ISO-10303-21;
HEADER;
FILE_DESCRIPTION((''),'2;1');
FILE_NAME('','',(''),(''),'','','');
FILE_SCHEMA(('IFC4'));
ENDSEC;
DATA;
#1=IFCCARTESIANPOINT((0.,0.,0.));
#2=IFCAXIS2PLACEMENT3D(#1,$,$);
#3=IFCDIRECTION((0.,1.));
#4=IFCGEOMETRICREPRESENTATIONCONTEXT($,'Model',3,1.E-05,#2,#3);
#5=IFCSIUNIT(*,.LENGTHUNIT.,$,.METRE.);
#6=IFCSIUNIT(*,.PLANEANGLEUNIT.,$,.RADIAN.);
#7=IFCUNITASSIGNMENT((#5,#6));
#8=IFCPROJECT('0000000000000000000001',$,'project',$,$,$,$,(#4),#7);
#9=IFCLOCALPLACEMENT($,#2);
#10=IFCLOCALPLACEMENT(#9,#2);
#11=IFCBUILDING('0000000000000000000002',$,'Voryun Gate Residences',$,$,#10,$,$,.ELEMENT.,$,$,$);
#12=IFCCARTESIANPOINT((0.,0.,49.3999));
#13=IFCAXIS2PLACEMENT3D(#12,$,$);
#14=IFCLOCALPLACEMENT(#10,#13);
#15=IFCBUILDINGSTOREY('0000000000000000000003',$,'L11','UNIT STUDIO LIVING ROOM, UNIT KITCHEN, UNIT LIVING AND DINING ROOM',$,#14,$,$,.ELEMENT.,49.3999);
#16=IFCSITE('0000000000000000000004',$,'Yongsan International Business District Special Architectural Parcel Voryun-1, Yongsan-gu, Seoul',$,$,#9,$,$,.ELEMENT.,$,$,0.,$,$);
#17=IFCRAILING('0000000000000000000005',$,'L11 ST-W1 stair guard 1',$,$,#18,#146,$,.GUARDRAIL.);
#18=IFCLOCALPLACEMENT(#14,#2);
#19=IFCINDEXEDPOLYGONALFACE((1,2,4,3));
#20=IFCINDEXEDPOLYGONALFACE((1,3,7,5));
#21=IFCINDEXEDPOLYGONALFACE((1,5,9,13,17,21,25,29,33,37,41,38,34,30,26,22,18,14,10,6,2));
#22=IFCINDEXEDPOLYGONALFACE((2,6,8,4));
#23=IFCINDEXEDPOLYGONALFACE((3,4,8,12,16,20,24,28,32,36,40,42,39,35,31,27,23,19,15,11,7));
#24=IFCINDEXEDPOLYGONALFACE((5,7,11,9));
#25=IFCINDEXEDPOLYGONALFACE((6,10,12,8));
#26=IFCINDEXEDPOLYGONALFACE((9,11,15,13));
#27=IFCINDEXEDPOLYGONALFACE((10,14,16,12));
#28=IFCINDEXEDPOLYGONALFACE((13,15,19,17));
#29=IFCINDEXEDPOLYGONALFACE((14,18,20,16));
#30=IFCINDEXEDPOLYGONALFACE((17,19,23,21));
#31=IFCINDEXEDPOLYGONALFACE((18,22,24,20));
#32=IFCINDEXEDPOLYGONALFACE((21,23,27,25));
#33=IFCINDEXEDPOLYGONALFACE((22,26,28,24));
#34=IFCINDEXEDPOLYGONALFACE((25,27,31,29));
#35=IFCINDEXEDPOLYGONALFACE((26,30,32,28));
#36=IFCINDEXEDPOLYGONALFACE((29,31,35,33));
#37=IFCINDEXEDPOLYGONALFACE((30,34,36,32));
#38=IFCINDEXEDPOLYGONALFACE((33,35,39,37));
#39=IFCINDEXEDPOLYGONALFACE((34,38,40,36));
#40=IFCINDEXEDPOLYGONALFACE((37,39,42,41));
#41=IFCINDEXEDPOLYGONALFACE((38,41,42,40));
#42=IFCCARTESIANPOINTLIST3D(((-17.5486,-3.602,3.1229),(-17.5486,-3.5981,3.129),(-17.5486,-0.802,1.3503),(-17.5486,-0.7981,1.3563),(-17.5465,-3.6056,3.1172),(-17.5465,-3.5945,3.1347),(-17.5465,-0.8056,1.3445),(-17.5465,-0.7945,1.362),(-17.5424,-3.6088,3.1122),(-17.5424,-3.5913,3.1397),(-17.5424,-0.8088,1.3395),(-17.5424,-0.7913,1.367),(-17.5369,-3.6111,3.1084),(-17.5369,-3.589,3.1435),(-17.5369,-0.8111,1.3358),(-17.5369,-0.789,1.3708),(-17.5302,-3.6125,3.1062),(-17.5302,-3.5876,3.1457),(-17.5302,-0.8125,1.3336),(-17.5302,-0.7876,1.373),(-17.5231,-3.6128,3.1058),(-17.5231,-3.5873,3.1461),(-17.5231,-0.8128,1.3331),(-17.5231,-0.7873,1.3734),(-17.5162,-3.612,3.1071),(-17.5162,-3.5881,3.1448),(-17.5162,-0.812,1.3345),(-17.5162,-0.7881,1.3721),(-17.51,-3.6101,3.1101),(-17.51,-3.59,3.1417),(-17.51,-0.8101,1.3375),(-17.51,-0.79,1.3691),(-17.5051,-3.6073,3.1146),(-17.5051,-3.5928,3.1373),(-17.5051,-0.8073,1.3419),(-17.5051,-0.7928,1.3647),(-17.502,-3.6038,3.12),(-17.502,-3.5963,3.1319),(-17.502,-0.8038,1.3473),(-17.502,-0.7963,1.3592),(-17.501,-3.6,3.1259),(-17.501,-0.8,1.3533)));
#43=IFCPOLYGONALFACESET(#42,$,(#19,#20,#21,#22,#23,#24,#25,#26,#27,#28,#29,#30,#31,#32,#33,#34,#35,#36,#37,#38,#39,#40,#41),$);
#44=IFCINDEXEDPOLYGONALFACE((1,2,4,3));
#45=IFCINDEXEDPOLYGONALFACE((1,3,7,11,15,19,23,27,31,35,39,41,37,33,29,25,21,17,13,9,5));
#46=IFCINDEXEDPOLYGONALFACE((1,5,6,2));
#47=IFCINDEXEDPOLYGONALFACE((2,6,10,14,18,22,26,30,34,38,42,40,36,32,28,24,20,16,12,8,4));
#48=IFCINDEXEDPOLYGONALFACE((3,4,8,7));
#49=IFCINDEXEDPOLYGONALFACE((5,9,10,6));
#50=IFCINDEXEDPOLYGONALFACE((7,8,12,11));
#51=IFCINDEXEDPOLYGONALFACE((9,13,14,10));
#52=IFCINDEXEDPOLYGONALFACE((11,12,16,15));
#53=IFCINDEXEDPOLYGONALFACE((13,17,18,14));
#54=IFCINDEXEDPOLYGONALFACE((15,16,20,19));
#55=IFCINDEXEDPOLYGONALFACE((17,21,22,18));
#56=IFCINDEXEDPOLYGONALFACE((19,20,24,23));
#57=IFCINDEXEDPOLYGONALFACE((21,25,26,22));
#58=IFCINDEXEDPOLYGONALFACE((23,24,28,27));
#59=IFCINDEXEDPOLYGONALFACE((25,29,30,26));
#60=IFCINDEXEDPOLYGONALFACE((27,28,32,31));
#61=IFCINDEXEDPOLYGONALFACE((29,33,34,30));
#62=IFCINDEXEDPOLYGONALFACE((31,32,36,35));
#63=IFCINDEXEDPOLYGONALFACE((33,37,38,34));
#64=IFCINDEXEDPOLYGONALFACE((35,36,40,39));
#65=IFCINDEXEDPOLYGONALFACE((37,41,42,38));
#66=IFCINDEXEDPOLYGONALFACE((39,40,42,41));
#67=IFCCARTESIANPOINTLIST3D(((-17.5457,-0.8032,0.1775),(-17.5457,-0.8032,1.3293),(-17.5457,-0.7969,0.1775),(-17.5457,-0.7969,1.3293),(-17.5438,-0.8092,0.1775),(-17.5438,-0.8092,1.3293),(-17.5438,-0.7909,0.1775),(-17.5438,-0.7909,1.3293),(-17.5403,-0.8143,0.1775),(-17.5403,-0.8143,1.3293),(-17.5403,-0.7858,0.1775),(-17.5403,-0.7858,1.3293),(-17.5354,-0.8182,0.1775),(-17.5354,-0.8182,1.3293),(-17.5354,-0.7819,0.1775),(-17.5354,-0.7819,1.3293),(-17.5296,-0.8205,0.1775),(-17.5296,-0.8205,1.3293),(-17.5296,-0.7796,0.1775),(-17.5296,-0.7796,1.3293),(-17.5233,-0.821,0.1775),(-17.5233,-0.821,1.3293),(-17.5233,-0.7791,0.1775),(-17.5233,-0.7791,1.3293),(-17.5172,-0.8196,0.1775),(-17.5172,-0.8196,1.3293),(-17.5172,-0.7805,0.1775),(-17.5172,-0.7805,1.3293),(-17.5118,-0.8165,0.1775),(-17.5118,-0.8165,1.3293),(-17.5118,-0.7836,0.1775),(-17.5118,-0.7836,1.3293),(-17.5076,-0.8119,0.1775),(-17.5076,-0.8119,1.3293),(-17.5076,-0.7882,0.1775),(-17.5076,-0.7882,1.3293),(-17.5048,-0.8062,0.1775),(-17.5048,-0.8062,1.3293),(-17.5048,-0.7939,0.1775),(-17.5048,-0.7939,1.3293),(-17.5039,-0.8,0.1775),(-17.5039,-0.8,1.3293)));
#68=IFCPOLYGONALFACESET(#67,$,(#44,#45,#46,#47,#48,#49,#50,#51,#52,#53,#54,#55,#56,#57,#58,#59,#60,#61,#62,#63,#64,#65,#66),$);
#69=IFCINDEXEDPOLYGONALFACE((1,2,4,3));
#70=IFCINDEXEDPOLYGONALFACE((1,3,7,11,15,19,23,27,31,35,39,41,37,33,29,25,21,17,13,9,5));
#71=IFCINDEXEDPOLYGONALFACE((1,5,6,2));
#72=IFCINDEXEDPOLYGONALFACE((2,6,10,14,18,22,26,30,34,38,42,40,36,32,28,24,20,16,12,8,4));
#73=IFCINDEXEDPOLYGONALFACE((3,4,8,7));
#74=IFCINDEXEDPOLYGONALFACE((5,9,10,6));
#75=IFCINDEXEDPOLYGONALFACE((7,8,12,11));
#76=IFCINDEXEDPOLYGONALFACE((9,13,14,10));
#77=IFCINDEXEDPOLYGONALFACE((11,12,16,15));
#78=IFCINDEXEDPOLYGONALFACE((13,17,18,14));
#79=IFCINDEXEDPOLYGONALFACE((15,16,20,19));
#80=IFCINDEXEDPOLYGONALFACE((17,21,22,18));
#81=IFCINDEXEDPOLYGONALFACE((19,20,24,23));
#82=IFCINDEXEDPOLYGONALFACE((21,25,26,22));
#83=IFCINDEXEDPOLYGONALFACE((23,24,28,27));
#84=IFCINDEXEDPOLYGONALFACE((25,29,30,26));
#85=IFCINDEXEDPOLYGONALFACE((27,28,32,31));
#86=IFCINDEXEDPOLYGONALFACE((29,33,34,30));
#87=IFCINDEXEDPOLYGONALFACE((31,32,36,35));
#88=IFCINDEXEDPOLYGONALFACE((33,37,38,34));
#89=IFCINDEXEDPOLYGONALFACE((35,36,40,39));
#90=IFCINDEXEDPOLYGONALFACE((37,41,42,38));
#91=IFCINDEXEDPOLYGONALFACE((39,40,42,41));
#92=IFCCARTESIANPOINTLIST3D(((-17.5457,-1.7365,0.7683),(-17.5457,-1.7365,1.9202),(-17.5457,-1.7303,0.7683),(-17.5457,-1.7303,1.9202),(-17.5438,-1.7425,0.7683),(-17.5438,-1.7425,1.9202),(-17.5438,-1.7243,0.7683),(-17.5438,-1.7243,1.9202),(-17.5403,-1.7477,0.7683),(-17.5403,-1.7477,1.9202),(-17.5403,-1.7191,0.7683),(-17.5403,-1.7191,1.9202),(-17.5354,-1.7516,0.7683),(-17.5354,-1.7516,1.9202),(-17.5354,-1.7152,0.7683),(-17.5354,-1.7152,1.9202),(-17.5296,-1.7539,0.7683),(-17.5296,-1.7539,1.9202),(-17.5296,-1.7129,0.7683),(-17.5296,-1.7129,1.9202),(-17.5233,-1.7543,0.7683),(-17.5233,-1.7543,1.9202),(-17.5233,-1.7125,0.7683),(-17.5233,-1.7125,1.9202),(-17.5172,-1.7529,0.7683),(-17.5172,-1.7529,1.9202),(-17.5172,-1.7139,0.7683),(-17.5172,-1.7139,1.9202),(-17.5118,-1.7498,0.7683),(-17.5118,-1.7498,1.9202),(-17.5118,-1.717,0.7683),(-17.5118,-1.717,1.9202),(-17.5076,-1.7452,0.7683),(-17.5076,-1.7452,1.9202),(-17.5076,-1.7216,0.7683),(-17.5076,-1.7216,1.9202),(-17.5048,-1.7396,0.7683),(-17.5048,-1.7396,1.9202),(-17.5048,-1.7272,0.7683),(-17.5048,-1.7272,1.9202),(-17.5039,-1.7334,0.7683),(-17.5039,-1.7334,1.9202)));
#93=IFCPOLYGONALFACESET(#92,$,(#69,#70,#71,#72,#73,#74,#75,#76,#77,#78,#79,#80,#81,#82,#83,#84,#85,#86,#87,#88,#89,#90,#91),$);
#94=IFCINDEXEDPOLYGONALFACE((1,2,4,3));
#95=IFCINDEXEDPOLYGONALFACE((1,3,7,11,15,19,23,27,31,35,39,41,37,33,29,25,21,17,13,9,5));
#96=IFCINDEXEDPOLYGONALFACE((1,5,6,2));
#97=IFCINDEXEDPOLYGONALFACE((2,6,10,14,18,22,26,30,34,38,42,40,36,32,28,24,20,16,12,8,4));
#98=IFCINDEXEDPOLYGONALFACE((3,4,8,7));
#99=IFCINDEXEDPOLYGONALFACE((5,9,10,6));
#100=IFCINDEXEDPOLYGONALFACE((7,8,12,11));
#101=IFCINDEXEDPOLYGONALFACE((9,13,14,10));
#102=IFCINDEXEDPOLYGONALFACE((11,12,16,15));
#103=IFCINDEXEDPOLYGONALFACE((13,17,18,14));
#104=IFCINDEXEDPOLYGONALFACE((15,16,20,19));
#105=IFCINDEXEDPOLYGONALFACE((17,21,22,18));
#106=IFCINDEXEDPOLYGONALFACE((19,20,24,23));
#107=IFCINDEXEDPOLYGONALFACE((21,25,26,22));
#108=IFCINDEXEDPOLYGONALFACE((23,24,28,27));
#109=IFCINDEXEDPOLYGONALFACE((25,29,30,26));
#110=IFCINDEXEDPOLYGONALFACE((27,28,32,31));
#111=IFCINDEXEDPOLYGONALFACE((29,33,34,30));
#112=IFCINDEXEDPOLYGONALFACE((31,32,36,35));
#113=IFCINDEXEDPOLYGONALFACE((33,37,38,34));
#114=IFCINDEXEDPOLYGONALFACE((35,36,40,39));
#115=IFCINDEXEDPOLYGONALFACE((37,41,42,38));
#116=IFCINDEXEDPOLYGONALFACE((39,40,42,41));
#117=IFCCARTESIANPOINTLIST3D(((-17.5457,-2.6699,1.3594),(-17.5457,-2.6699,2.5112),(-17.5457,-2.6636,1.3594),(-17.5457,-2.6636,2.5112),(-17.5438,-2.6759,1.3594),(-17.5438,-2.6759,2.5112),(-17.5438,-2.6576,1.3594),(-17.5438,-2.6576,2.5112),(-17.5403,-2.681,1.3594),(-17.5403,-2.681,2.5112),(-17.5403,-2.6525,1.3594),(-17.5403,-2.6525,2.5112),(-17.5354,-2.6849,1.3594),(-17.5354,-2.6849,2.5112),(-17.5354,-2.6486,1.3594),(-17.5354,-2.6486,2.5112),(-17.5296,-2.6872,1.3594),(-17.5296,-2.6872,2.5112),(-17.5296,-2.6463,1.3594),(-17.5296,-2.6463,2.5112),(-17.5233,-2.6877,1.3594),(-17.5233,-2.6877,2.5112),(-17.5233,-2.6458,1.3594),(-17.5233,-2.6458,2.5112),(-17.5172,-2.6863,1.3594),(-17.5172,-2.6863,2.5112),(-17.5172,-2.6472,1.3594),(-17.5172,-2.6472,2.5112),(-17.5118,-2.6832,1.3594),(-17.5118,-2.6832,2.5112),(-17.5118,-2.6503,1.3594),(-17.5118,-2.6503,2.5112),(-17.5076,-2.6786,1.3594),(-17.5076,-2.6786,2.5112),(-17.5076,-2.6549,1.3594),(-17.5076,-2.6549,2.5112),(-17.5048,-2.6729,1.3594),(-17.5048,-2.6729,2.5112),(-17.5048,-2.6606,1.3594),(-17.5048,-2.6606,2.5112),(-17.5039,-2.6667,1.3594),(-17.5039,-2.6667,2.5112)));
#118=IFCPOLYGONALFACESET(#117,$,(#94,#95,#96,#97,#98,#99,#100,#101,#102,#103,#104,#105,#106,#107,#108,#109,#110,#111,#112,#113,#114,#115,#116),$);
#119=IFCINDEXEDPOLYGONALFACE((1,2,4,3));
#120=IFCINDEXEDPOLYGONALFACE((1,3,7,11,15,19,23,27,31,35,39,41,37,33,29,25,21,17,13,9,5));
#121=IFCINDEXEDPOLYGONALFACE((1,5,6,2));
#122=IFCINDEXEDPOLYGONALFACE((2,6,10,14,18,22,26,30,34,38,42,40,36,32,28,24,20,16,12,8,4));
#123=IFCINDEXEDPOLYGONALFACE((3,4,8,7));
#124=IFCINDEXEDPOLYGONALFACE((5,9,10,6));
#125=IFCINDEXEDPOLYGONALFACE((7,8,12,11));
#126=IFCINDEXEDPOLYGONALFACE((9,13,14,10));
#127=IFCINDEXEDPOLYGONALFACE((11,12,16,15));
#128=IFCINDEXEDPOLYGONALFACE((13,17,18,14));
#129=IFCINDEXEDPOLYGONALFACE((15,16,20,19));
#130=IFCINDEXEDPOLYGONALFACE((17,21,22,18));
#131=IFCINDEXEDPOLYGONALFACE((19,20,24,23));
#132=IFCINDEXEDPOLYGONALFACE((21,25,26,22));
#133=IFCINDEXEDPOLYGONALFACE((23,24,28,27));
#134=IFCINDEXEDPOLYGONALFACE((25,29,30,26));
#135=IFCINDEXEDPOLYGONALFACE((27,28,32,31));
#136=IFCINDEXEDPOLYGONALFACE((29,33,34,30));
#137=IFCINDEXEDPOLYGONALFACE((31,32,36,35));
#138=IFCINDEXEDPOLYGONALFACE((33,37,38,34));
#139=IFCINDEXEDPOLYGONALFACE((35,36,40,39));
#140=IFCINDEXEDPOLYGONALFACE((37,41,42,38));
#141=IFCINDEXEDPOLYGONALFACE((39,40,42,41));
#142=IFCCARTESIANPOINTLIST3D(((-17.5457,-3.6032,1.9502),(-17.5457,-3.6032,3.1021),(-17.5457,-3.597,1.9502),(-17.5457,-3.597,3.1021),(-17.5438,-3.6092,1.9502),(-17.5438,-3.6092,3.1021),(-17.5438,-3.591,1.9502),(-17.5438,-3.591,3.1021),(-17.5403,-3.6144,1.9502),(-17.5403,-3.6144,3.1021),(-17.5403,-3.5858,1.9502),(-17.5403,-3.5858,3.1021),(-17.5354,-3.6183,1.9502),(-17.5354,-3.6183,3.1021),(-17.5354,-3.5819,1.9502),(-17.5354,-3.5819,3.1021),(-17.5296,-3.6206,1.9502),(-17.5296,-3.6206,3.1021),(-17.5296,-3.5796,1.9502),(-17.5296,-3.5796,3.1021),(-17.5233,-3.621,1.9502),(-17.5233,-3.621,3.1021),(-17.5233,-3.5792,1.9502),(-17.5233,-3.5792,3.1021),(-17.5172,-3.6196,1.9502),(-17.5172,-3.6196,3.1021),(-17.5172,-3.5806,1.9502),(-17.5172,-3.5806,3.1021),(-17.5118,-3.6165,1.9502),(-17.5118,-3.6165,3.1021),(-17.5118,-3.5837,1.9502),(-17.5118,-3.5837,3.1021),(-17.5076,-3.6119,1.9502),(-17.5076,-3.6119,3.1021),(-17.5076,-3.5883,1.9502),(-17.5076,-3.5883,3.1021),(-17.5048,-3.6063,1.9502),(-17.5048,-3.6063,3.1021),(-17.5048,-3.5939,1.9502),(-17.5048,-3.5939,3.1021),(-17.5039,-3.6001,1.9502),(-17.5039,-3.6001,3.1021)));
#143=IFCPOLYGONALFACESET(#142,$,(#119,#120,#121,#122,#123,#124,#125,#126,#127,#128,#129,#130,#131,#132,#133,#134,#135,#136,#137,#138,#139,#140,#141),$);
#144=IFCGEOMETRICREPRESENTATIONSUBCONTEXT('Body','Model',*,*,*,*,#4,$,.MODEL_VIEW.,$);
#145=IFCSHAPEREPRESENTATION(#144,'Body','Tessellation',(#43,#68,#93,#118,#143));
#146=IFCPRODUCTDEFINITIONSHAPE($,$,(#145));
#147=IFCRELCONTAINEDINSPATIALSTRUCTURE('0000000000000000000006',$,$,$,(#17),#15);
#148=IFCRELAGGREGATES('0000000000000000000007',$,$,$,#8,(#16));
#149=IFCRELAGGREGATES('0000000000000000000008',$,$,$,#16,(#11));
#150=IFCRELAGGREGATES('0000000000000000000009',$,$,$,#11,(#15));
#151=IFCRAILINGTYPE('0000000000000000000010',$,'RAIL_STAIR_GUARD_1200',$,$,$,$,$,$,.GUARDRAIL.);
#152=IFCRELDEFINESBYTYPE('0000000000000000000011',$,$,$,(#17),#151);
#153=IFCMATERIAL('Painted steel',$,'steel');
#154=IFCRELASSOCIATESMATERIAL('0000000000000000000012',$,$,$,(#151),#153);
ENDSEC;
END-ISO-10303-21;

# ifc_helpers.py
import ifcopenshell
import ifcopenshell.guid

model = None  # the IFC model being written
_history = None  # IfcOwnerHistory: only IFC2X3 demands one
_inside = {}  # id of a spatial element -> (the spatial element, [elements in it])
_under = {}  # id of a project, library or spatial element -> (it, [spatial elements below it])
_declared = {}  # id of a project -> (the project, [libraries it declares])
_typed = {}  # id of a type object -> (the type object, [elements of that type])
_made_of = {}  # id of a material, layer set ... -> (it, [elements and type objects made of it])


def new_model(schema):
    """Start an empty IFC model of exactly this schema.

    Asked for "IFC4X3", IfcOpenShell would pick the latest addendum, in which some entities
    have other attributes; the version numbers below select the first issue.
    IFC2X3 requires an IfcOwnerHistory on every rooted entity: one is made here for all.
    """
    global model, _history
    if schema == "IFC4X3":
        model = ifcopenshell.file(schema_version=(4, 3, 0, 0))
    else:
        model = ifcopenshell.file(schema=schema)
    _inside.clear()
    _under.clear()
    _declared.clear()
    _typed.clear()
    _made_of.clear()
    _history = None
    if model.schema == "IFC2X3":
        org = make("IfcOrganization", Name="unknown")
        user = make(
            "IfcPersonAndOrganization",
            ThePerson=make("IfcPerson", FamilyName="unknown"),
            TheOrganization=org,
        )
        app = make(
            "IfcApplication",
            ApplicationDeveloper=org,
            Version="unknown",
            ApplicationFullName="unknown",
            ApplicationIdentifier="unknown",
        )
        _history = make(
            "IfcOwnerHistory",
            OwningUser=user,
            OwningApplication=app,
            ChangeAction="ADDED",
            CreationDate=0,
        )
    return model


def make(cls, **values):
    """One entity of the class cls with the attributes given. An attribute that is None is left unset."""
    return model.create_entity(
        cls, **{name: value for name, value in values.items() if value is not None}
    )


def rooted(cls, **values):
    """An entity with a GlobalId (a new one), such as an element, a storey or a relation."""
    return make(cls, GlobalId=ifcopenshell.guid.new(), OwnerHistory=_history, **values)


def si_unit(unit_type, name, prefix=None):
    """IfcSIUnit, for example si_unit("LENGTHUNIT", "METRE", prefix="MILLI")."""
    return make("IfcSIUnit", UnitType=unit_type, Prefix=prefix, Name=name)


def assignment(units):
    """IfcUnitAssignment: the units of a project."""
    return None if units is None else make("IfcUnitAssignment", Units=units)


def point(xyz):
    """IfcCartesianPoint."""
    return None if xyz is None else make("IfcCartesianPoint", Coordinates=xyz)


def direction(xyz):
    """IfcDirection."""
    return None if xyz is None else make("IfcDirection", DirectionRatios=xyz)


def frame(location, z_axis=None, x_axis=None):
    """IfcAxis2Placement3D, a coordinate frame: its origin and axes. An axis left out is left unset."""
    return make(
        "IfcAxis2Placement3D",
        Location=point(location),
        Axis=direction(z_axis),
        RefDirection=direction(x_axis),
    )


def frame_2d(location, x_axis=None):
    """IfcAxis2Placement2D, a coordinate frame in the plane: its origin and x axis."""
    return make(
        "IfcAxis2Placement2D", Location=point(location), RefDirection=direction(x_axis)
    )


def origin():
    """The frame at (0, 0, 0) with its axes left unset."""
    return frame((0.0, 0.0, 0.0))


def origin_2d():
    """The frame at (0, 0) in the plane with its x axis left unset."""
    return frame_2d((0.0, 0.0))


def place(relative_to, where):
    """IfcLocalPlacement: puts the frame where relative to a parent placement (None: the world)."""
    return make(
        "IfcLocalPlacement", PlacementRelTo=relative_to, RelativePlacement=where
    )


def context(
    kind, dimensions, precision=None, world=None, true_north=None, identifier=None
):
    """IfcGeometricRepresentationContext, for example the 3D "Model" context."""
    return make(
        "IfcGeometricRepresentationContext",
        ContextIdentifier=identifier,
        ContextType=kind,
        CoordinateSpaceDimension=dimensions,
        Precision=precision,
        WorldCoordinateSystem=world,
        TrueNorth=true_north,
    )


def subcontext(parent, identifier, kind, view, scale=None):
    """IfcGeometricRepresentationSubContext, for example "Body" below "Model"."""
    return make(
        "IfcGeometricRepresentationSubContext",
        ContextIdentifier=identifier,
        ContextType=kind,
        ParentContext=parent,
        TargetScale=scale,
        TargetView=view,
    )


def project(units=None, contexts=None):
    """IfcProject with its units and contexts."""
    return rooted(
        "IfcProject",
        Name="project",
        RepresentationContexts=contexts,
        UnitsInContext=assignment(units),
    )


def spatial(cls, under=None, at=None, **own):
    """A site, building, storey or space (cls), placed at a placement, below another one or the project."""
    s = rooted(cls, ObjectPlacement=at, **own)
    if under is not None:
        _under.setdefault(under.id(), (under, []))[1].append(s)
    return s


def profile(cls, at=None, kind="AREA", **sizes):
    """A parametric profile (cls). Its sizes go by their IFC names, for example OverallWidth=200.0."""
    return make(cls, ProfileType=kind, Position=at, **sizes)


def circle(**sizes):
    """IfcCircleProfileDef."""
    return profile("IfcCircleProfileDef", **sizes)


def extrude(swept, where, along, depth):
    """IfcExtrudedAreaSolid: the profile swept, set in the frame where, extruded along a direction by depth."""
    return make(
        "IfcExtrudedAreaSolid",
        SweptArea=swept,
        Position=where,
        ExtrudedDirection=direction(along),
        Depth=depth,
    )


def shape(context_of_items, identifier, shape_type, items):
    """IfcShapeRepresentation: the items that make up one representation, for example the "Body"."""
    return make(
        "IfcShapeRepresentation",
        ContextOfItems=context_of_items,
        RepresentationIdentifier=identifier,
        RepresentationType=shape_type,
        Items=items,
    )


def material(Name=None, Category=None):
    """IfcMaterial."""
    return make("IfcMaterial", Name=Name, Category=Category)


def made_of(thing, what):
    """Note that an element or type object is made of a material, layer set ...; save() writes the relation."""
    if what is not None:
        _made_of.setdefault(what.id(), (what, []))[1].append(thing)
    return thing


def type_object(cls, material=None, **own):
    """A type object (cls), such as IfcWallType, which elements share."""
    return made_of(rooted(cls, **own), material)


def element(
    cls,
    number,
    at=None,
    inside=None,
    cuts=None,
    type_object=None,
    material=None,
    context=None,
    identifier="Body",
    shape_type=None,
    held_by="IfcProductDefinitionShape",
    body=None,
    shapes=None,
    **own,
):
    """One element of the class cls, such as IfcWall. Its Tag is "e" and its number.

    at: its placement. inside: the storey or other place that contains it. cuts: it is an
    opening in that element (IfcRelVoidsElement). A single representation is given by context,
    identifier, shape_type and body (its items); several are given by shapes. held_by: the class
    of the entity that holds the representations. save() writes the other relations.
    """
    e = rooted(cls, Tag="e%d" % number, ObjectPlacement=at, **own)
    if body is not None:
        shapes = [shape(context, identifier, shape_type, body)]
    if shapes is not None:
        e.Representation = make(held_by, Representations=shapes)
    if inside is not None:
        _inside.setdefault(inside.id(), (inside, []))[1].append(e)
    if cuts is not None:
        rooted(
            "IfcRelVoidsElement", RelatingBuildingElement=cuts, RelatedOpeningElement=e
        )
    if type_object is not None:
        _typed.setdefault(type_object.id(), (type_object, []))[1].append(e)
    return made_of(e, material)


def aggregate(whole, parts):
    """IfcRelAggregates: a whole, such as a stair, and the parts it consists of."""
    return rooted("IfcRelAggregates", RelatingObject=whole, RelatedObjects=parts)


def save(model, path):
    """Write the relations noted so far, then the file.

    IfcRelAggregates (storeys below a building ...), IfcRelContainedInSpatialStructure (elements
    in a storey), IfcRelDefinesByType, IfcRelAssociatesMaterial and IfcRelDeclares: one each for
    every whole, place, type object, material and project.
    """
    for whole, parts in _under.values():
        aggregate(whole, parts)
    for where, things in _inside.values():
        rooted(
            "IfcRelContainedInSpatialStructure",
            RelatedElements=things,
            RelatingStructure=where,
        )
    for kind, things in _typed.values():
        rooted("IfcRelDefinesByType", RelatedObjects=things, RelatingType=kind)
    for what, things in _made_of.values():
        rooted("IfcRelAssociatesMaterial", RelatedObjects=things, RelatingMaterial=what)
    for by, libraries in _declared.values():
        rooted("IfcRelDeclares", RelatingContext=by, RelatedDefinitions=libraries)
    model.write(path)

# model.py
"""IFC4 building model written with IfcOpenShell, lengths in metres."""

from ifc_helpers import new_model, si_unit, direction, frame, origin, origin_2d, place, context, subcontext, project, spatial, circle, extrude, material, type_object, element, save


model = new_model("IFC4")

# Units and contexts
model_context = context("Model", 3, precision=1e-05, world=origin(), true_north=direction((0.0, 1.0)))
body_context = subcontext(model_context, "Body", "Model", "MODEL_VIEW")
ifc_project = project(units=[si_unit("LENGTHUNIT", "METRE"), si_unit("PLANEANGLEUNIT", "RADIAN")], contexts=[model_context])

# Site, building, storey
site_placement = place(None, origin())
site = spatial("IfcSite", under=ifc_project, at=site_placement, Name="Yongsan International Business District Special Architectural Parcel Voryun-1, Yongsan-gu, Seoul", CompositionType="ELEMENT", RefElevation=0.0)
building_placement = place(site_placement, origin())
building = spatial("IfcBuilding", under=site, at=building_placement, Name="Voryun Gate Residences", CompositionType="ELEMENT")
storey_placement = place(building_placement, frame((0.0, 0.0, 49.3999)))
storey = spatial("IfcBuildingStorey", under=building, at=storey_placement, Name="L11", Description="UNIT STUDIO LIVING ROOM, UNIT KITCHEN, UNIT LIVING AND DINING ROOM", CompositionType="ELEMENT", Elevation=49.3999)

# Railing
ifc_material_1 = material(Name="Painted steel", Category="steel")
railing_type_1 = type_object("IfcRailingType", Name="RAIL_STAIR_GUARD_1200", PredefinedType="GUARDRAIL", material=ifc_material_1)
railing_1_placement = place(storey_placement, frame((-17.5249, -0.8, 0.1775)))
element("IfcRailing", 1, at=railing_1_placement, inside=storey, type_object=railing_type_1, Name="L11 ST-W1 stair guard 1", PredefinedType="GUARDRAIL", context=body_context, shape_type="SweptSolid", body=[
    extrude(circle(Radius=0.0239, at=origin_2d()), frame((0.0, 0.0, 1.1758), z_axis=(0.0, -0.844909, 0.53491), x_axis=(1.0, 0.0, 0.0)), (0.0, 0.0, 1.0), 3.314),
    extrude(circle(Radius=0.021, at=origin_2d()), origin(), (0.0, 0.0, 1.0), 1.1519),
    extrude(circle(Radius=0.021, at=origin_2d()), frame((0.0, -0.9333, 0.5908)), (0.0, 0.0, 1.0), 1.1519),
    extrude(circle(Radius=0.021, at=origin_2d()), frame((0.0, -1.8667, 1.1819)), (0.0, 0.0, 1.0), 1.1519),
    extrude(circle(Radius=0.021, at=origin_2d()), frame((0.0, -2.8, 1.7727)), (0.0, 0.0, 1.0), 1.1519),
])

save(model, "model.ifc")
